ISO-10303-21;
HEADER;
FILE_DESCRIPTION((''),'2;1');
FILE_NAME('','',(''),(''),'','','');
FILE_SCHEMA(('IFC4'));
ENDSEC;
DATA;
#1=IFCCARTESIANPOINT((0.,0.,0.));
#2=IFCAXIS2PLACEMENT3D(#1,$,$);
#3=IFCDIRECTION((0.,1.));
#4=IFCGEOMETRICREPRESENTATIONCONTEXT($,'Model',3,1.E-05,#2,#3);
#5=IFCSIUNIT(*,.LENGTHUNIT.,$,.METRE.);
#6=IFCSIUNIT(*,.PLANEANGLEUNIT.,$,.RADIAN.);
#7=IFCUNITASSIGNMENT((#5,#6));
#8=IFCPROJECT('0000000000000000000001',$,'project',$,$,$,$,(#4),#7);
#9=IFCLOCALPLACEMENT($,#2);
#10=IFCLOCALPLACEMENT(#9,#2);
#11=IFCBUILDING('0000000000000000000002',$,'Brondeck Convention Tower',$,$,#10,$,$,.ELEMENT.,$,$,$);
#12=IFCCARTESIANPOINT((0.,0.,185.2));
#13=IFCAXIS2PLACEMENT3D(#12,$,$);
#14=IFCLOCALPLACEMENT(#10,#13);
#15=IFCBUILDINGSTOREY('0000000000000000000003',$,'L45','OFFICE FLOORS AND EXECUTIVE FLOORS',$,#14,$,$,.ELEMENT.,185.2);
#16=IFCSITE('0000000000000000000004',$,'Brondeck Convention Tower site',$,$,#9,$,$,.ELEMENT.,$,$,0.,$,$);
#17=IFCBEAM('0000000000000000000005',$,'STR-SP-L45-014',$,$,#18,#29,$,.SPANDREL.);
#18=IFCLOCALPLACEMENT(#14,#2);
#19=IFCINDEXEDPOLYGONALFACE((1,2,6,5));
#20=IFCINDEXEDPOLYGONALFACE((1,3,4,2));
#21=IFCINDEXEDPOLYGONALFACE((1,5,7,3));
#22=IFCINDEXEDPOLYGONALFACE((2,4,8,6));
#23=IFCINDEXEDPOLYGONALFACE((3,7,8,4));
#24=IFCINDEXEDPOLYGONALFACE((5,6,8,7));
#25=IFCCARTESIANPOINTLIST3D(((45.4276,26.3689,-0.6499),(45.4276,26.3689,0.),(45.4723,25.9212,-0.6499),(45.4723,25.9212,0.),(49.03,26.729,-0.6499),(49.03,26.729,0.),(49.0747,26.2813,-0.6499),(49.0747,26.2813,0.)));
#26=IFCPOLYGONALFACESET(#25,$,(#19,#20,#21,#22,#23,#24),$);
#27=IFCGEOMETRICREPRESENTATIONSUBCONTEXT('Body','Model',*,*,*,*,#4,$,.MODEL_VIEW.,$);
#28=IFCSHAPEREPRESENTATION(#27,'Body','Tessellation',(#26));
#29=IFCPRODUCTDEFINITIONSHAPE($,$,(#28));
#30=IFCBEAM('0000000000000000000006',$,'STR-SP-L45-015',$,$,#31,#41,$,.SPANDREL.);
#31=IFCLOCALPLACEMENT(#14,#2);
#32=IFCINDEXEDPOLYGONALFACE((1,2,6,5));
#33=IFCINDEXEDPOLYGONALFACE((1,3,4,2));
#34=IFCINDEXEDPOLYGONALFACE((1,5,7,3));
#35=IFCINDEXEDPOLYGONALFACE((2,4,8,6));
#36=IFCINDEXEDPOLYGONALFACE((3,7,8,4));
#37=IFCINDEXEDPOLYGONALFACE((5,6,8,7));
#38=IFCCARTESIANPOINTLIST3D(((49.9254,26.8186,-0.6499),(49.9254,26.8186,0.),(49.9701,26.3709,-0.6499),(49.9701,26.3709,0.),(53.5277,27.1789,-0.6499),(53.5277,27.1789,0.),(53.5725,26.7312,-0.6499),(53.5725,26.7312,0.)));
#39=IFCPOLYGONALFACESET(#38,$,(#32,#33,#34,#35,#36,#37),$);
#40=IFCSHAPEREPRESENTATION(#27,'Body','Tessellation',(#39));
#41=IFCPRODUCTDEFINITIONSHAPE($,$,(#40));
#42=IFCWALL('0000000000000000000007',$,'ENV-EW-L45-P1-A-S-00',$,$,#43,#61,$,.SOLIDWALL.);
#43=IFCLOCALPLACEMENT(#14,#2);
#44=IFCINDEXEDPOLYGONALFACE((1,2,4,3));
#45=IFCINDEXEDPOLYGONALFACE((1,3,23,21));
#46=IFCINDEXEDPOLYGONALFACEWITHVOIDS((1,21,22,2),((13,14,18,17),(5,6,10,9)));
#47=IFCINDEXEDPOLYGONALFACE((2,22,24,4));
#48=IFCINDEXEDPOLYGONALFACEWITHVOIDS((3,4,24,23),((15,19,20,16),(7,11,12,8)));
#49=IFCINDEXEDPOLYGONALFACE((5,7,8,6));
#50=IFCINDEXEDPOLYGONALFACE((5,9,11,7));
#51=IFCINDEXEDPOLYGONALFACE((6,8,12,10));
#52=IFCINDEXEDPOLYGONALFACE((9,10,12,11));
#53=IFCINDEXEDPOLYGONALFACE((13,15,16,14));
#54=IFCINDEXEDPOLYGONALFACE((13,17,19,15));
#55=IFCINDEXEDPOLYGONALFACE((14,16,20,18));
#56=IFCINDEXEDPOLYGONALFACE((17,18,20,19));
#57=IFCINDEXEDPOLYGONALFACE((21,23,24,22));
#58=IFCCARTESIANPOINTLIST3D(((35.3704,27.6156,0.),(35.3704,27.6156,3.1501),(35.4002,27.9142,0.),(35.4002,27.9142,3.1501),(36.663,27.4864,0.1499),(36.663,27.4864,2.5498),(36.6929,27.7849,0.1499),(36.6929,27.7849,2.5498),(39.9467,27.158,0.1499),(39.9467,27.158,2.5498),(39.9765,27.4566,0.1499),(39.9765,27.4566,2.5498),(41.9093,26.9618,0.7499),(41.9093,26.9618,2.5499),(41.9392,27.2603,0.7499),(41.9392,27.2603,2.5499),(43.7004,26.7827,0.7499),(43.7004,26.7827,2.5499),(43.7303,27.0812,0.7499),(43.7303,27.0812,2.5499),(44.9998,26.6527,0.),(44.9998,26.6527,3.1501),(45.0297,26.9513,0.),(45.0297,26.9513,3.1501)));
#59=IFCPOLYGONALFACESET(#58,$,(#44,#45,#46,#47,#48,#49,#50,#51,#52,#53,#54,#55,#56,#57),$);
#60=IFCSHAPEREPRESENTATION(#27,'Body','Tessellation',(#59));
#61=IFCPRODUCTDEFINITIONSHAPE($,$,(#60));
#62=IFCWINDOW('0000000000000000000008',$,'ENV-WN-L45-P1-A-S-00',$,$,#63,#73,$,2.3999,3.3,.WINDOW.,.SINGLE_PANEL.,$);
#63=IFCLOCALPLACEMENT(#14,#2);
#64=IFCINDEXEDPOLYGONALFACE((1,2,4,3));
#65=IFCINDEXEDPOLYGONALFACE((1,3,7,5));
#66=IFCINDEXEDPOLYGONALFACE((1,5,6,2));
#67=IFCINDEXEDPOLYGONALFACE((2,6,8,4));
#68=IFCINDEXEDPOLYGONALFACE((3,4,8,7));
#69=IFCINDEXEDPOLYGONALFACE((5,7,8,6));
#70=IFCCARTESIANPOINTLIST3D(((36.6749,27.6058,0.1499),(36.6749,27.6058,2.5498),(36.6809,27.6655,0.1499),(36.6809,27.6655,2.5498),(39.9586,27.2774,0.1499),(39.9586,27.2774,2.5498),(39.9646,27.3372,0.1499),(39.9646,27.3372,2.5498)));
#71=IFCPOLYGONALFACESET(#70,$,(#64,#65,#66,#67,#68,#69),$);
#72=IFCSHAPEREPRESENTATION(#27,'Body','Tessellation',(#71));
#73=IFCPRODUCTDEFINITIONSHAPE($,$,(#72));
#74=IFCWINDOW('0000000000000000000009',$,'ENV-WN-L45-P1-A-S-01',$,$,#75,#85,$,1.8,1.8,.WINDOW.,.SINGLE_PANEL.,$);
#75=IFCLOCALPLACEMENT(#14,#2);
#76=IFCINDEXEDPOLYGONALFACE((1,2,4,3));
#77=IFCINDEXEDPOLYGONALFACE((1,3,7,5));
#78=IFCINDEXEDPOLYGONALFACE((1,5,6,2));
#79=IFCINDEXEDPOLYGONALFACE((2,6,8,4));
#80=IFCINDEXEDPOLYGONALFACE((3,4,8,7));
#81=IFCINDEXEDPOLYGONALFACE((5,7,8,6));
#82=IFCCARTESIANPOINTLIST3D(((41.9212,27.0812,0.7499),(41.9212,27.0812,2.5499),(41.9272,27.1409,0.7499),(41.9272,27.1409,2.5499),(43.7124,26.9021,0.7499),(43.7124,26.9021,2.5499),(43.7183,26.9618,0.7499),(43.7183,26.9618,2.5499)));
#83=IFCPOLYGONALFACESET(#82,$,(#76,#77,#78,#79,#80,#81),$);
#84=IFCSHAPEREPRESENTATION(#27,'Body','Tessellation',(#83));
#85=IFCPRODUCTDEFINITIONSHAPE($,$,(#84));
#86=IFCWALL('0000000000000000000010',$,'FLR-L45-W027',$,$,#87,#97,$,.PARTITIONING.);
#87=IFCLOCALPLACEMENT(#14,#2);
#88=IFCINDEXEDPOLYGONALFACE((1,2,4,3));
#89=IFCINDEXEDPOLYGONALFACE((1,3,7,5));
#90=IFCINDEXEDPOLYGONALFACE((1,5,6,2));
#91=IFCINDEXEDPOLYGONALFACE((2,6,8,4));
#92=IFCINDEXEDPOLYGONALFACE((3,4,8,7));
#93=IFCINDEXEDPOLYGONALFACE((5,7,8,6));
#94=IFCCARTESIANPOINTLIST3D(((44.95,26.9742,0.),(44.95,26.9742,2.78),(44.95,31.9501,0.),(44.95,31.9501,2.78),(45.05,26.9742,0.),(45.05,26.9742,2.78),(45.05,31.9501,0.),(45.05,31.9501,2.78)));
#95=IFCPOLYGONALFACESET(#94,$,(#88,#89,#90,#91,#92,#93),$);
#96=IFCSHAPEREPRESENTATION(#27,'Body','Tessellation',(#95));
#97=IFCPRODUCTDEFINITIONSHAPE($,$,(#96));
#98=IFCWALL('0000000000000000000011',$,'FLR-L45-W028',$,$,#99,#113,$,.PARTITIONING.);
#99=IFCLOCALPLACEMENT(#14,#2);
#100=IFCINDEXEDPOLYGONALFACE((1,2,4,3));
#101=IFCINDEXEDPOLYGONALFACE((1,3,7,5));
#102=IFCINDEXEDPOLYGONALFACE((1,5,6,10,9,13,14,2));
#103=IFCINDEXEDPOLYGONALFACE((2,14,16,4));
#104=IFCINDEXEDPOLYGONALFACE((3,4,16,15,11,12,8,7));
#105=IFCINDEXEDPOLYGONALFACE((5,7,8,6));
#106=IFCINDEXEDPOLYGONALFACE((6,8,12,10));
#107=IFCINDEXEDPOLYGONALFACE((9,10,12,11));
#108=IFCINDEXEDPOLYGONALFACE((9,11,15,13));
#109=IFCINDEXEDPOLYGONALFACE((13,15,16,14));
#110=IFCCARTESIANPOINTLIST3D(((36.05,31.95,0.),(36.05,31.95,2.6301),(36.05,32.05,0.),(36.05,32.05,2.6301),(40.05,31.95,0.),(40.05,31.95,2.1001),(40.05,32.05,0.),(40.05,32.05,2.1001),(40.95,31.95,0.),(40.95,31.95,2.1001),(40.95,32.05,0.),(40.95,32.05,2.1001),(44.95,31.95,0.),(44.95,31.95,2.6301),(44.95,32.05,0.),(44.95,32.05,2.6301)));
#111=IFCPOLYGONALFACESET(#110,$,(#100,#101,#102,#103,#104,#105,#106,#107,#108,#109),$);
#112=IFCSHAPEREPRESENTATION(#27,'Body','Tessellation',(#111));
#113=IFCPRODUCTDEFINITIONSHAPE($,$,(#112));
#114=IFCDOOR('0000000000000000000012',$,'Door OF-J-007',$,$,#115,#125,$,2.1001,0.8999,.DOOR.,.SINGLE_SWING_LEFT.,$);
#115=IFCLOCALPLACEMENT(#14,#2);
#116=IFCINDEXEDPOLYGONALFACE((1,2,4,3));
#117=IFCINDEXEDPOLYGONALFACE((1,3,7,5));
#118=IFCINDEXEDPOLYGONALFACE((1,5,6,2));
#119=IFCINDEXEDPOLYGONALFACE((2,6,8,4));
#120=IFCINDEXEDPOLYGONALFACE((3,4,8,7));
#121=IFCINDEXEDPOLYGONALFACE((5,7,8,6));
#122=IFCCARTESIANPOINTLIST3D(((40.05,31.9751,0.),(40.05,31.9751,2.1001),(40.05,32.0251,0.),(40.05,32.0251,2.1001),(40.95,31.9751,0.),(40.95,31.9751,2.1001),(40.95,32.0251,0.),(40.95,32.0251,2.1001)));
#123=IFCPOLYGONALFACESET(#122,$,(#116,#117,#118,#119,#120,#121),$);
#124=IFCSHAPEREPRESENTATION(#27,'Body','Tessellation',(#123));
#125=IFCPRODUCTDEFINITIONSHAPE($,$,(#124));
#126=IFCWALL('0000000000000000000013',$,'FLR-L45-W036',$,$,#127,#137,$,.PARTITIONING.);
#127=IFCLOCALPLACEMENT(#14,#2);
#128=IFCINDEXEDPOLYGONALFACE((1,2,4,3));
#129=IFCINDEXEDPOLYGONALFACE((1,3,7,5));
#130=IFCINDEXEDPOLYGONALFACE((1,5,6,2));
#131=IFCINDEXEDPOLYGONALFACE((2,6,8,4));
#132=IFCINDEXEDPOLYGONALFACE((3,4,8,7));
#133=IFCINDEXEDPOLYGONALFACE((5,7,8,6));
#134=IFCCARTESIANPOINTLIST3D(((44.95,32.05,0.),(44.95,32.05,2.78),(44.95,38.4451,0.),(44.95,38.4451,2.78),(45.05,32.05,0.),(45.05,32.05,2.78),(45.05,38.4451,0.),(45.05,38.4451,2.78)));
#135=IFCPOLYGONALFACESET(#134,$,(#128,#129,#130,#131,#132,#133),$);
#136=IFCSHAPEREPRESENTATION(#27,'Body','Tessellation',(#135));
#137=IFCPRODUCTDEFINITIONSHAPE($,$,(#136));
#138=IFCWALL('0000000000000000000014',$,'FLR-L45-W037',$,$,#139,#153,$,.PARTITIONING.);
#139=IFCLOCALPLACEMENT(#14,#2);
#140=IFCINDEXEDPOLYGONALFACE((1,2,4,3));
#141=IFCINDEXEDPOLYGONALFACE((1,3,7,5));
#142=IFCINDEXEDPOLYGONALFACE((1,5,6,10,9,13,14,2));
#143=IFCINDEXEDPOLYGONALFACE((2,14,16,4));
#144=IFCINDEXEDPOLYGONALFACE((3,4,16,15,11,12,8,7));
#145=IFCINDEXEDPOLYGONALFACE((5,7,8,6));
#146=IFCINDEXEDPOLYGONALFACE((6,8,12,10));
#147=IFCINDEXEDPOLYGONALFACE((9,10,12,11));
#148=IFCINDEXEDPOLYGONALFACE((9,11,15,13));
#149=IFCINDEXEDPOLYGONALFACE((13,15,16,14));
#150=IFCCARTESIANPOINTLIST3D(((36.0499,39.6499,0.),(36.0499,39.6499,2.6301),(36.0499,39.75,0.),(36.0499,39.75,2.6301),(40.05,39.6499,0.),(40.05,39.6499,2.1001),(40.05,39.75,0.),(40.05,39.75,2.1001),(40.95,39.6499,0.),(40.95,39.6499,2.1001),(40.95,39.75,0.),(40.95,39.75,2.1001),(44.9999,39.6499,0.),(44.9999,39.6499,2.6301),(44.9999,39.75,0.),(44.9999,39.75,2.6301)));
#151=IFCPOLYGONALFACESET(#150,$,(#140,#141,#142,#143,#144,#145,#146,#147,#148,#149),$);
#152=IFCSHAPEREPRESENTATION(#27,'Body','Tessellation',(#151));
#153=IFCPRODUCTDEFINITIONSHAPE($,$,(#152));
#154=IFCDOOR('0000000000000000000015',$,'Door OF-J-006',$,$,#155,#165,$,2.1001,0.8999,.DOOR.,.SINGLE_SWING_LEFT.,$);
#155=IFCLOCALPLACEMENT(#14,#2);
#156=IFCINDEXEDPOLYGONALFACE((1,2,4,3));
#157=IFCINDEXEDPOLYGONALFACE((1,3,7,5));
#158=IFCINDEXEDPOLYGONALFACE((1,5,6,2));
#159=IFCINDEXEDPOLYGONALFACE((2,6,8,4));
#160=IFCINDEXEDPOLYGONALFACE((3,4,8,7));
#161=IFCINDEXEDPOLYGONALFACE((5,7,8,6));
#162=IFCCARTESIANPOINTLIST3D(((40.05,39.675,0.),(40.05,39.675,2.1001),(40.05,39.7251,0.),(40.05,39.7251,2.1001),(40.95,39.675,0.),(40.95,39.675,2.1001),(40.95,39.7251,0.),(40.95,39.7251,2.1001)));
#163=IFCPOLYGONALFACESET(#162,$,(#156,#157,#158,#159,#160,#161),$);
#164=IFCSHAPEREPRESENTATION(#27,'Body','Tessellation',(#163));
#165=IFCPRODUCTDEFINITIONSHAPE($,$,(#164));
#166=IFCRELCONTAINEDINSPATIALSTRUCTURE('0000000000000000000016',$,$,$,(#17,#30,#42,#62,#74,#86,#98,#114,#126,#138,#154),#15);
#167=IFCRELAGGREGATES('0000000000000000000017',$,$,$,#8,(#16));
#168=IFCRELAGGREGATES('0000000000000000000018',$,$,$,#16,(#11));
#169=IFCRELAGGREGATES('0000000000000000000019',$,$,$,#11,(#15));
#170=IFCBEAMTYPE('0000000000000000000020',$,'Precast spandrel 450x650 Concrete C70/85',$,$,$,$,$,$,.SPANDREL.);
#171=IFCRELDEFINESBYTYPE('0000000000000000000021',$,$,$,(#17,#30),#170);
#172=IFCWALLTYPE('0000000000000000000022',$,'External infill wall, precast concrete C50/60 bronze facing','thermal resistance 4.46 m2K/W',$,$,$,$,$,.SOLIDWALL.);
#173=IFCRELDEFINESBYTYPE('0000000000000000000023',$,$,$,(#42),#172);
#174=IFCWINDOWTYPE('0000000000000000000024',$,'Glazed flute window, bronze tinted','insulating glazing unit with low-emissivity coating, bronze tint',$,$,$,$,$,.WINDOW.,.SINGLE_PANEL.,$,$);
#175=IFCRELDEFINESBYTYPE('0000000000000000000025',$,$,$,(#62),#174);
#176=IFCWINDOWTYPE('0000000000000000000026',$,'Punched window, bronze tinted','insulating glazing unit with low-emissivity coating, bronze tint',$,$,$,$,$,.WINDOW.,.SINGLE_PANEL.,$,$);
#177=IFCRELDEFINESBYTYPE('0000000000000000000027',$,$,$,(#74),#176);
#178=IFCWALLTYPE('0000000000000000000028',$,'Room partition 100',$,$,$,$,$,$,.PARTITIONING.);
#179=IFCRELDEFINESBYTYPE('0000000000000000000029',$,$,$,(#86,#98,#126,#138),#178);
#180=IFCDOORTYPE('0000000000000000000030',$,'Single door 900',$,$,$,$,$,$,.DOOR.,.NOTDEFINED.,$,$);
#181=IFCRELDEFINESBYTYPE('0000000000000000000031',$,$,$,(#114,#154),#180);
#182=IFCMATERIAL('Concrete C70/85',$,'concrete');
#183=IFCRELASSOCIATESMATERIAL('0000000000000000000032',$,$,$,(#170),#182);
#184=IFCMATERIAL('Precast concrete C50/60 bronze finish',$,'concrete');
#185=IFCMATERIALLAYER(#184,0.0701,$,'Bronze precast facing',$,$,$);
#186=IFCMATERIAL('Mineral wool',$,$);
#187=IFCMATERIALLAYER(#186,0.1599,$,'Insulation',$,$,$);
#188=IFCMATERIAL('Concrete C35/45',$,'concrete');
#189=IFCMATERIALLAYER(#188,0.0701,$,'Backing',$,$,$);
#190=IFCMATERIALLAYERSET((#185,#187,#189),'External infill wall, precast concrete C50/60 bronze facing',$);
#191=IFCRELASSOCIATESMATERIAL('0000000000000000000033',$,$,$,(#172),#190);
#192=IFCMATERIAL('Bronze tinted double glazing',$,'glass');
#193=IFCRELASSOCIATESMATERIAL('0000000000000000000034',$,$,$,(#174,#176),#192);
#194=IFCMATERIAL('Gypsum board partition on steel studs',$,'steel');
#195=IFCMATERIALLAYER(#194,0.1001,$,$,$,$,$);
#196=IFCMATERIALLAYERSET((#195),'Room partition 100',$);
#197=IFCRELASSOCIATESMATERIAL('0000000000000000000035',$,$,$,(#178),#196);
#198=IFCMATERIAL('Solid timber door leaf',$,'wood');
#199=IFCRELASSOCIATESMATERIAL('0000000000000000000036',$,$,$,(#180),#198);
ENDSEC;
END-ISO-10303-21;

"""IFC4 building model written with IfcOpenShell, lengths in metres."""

from ifc_helpers import new_model, si_unit, direction, frame, frame_2d, origin, origin_2d, place, context, subcontext, project, spatial, rectangle, extrude, material, layer, layer_set, material_profile, profile_set, type_object, element, fill, save


model = new_model("IFC4")

# Units and contexts
model_context = context("Model", 3, precision=1e-05, world=origin(), true_north=direction((0.0, 1.0)))
body_context = subcontext(model_context, "Body", "Model", "MODEL_VIEW")
ifc_project = project(units=[si_unit("LENGTHUNIT", "METRE"), si_unit("PLANEANGLEUNIT", "RADIAN")], contexts=[model_context])

# Site, building, storey
site_placement = place(None, origin())
site = spatial("IfcSite", under=ifc_project, at=site_placement, Name="Brondeck Convention Tower site", CompositionType="ELEMENT", RefElevation=0.0)
building_placement = place(site_placement, origin())
building = spatial("IfcBuilding", under=site, at=building_placement, Name="Brondeck Convention Tower", CompositionType="ELEMENT")
storey_placement = place(building_placement, frame((0.0, 0.0, 185.2)))
storey = spatial("IfcBuildingStorey", under=building, at=storey_placement, Name="L45", Description="OFFICE FLOORS AND EXECUTIVE FLOORS", CompositionType="ELEMENT", Elevation=185.2)

# Shared definitions
ifc_material_1 = material(Name="Concrete C70/85", Category="concrete")

# Beams
ifc_material_profile_1 = material_profile(ifc_material_1, rectangle(XDim=0.45, YDim=0.6499, at=origin_2d()), Name="Precast spandrel 450x650 Concrete C70/85")
ifc_profile_set_1 = profile_set([ifc_material_profile_1], Name="Concrete C70/85")
beam_type_1 = type_object("IfcBeamType", Name="Precast spandrel 450x650 Concrete C70/85", PredefinedType="SPANDREL", material=ifc_profile_set_1)
for number, where, z_axis, x_axis, name in (
    (1, (45.45, 26.145, -0.325), (0.995041, 0.09947, 0.0), (-0.09947, 0.995041, 0.0), "STR-SP-L45-014"),
    (2, (49.9478, 26.5947, -0.325), (0.995034, 0.099537, 0.0), (-0.099537, 0.995034, 0.0), "STR-SP-L45-015"),
):
    element("IfcBeam", number, at=place(storey_placement, frame(where, z_axis=z_axis, x_axis=x_axis)), inside=storey, type_object=beam_type_1, Name=name, PredefinedType="SPANDREL", context=body_context, shape_type="SweptSolid", body=[
        extrude(rectangle(XDim=0.45, YDim=0.6499, at=origin_2d()), origin(), (0.0, 0.0, 1.0), 3.6204),
    ])

# Wall, openings, windows
ifc_material_2 = material(Name="Precast concrete C50/60 bronze finish", Category="concrete")
ifc_layer_1 = layer(ifc_material_2, 0.0701, Name="Bronze precast facing")
ifc_material_3 = material(Name="Mineral wool")
ifc_layer_2 = layer(ifc_material_3, 0.1599, Name="Insulation")
ifc_material_4 = material(Name="Concrete C35/45", Category="concrete")
ifc_layer_3 = layer(ifc_material_4, 0.0701, Name="Backing")
ifc_layer_set_1 = layer_set([ifc_layer_1, ifc_layer_2, ifc_layer_3], Name="External infill wall, precast concrete C50/60 bronze facing")
wall_type_1 = type_object("IfcWallType", Name="External infill wall, precast concrete C50/60 bronze facing", Description="thermal resistance 4.46 m2K/W", PredefinedType="SOLIDWALL", material=ifc_layer_set_1)
wall_1_placement = place(storey_placement, frame((45.0149, 26.802, 0.0), z_axis=(0.0, 0.0, 1.0), x_axis=(-0.995038, 0.099499, 0.0)))
wall_1 = element("IfcWall", 3, at=wall_1_placement, inside=storey, type_object=wall_type_1, Name="ENV-EW-L45-P1-A-S-00", PredefinedType="SOLIDWALL", context=body_context, shape_type="SweptSolid", body=[
    extrude(rectangle(XDim=9.6775, YDim=0.3, at=frame_2d((4.8389, 0.0))), origin(), (0.0, 0.0, 1.0), 3.1501),
])
opening_1_placement = place(wall_1_placement, frame((1.3062, 0.0, 0.75)))
opening_1 = element("IfcOpeningElement", 4, at=opening_1_placement, cuts=wall_1, PredefinedType="OPENING", context=body_context, shape_type="SweptSolid", body=[
    extrude(rectangle(XDim=1.8, YDim=1.8, at=frame_2d((0.8999, 0.8999))), frame((0.0, 0.1599, 0.0), z_axis=(0.0, -1.0, 0.0), x_axis=(1.0, 0.0, 0.0)), (0.0, 0.0, 1.0), 0.3201),
])
opening_2_placement = place(wall_1_placement, frame((5.0786, 0.0, 0.1499)))
opening_2 = element("IfcOpeningElement", 5, at=opening_2_placement, cuts=wall_1, PredefinedType="OPENING", context=body_context, shape_type="SweptSolid", body=[
    extrude(rectangle(XDim=3.3, YDim=2.3999, at=frame_2d((1.6499, 1.2))), frame((0.0, 0.1599, 0.0), z_axis=(0.0, -1.0, 0.0), x_axis=(1.0, 0.0, 0.0)), (0.0, 0.0, 1.0), 0.3201),
])
ifc_material_5 = material(Name="Bronze tinted double glazing", Category="glass")
window_type_1 = type_object("IfcWindowType", Name="Glazed flute window, bronze tinted", Description="insulating glazing unit with low-emissivity coating, bronze tint", PartitioningType="SINGLE_PANEL", PredefinedType="WINDOW", material=ifc_material_5)
window_1_placement = place(opening_2_placement, origin())
window_1 = element("IfcWindow", 6, at=window_1_placement, inside=storey, type_object=window_type_1, Name="ENV-WN-L45-P1-A-S-00", OverallHeight=2.3999, OverallWidth=3.3, PartitioningType="SINGLE_PANEL", PredefinedType="WINDOW", context=body_context, shape_type="SweptSolid", body=[
    extrude(rectangle(XDim=3.3, YDim=2.3999, at=frame_2d((1.6499, 1.2))), frame((0.0, 0.03, 0.0), z_axis=(0.0, -1.0, 0.0), x_axis=(1.0, 0.0, 0.0)), (0.0, 0.0, 1.0), 0.0601),
])
fill(opening_2, window_1)
window_type_2 = type_object("IfcWindowType", Name="Punched window, bronze tinted", Description="insulating glazing unit with low-emissivity coating, bronze tint", PartitioningType="SINGLE_PANEL", PredefinedType="WINDOW", material=ifc_material_5)
window_2_placement = place(opening_1_placement, origin())
window_2 = element("IfcWindow", 7, at=window_2_placement, inside=storey, type_object=window_type_2, Name="ENV-WN-L45-P1-A-S-01", OverallHeight=1.8, OverallWidth=1.8, PartitioningType="SINGLE_PANEL", PredefinedType="WINDOW", context=body_context, shape_type="SweptSolid", body=[
    extrude(rectangle(XDim=1.8, YDim=1.8, at=frame_2d((0.8999, 0.8999))), frame((0.0, 0.03, 0.0), z_axis=(0.0, -1.0, 0.0), x_axis=(1.0, 0.0, 0.0)), (0.0, 0.0, 1.0), 0.0601),
])
fill(opening_1, window_2)

# Wall
ifc_material_6 = material(Name="Gypsum board partition on steel studs", Category="steel")
ifc_layer_4 = layer(ifc_material_6, 0.1001)
ifc_layer_set_2 = layer_set([ifc_layer_4], Name="Room partition 100")
wall_type_2 = type_object("IfcWallType", Name="Room partition 100", PredefinedType="PARTITIONING", material=ifc_layer_set_2)
wall_2_placement = place(storey_placement, frame((45.0, 31.95, 0.0), z_axis=(0.0, 0.0, 1.0), x_axis=(0.0, -1.0, 0.0)))
element("IfcWall", 8, at=wall_2_placement, inside=storey, type_object=wall_type_2, Name="FLR-L45-W027", PredefinedType="PARTITIONING", context=body_context, shape_type="SweptSolid", body=[
    extrude(rectangle(XDim=4.9758, YDim=0.1001, at=frame_2d((2.4878, 0.0))), origin(), (0.0, 0.0, 1.0), 2.78),
])

# Wall, opening, door
wall_3_placement = place(storey_placement, frame((44.95, 32.0, 0.0), z_axis=(0.0, 0.0, 1.0), x_axis=(-1.0, 0.0, 0.0)))
wall_3 = element("IfcWall", 9, at=wall_3_placement, inside=storey, type_object=wall_type_2, Name="FLR-L45-W028", PredefinedType="PARTITIONING", context=body_context, shape_type="SweptSolid", body=[
    extrude(rectangle(XDim=8.8999, YDim=0.1001, at=frame_2d((4.45, 0.0))), origin(), (0.0, 0.0, 1.0), 2.6301),
])
opening_3_placement = place(wall_3_placement, frame((4.0, 0.0, 0.0)))
opening_3 = element("IfcOpeningElement", 10, at=opening_3_placement, cuts=wall_3, PredefinedType="OPENING", context=body_context, shape_type="SweptSolid", body=[
    extrude(rectangle(XDim=0.8999, YDim=2.1001, at=frame_2d((0.45, 1.05))), frame((0.0, 0.0601, 0.0), z_axis=(0.0, -1.0, 0.0), x_axis=(1.0, 0.0, 0.0)), (0.0, 0.0, 1.0), 0.1201),
])
ifc_material_7 = material(Name="Solid timber door leaf", Category="wood")
door_type_1 = type_object("IfcDoorType", Name="Single door 900", OperationType="NOTDEFINED", PredefinedType="DOOR", material=ifc_material_7)
door_1_placement = place(opening_3_placement, origin())
door_1 = element("IfcDoor", 11, at=door_1_placement, inside=storey, type_object=door_type_1, Name="Door OF-J-007", OperationType="SINGLE_SWING_LEFT", OverallHeight=2.1001, OverallWidth=0.8999, PredefinedType="DOOR", context=body_context, shape_type="SweptSolid", body=[
    extrude(rectangle(XDim=0.8999, YDim=2.1001, at=frame_2d((0.45, 1.05))), frame((0.0, 0.0249, 0.0), z_axis=(0.0, -1.0, 0.0), x_axis=(1.0, 0.0, 0.0)), (0.0, 0.0, 1.0), 0.05),
])
fill(opening_3, door_1)

# Wall
wall_4_placement = place(storey_placement, frame((45.0, 38.4451, 0.0), z_axis=(0.0, 0.0, 1.0), x_axis=(0.0, -1.0, 0.0)))
element("IfcWall", 12, at=wall_4_placement, inside=storey, type_object=wall_type_2, Name="FLR-L45-W036", PredefinedType="PARTITIONING", context=body_context, shape_type="SweptSolid", body=[
    extrude(rectangle(XDim=6.395, YDim=0.1001, at=frame_2d((3.1975, 0.0))), origin(), (0.0, 0.0, 1.0), 2.78),
])

# Wall, opening, door
wall_5_placement = place(storey_placement, frame((45.0, 39.7, 0.0), z_axis=(0.0, 0.0, 1.0), x_axis=(-1.0, 0.0, 0.0)))
wall_5 = element("IfcWall", 13, at=wall_5_placement, inside=storey, type_object=wall_type_2, Name="FLR-L45-W037", PredefinedType="PARTITIONING", context=body_context, shape_type="SweptSolid", body=[
    extrude(rectangle(XDim=8.95, YDim=0.1001, at=frame_2d((4.4751, 0.0))), origin(), (0.0, 0.0, 1.0), 2.6301),
])
opening_4_placement = place(wall_5_placement, frame((4.05, 0.0, 0.0)))
opening_4 = element("IfcOpeningElement", 14, at=opening_4_placement, cuts=wall_5, PredefinedType="OPENING", context=body_context, shape_type="SweptSolid", body=[
    extrude(rectangle(XDim=0.8999, YDim=2.1001, at=frame_2d((0.45, 1.05))), frame((0.0, 0.0601, 0.0), z_axis=(0.0, -1.0, 0.0), x_axis=(1.0, 0.0, 0.0)), (0.0, 0.0, 1.0), 0.1201),
])
door_2_placement = place(opening_4_placement, origin())
door_2 = element("IfcDoor", 15, at=door_2_placement, inside=storey, type_object=door_type_1, Name="Door OF-J-006", OperationType="SINGLE_SWING_LEFT", OverallHeight=2.1001, OverallWidth=0.8999, PredefinedType="DOOR", context=body_context, shape_type="SweptSolid", body=[
    extrude(rectangle(XDim=0.8999, YDim=2.1001, at=frame_2d((0.45, 1.05))), frame((0.0, 0.0249, 0.0), z_axis=(0.0, -1.0, 0.0), x_axis=(1.0, 0.0, 0.0)), (0.0, 0.0, 1.0), 0.05),
])
fill(opening_4, door_2)

save(model, "model.ifc")
